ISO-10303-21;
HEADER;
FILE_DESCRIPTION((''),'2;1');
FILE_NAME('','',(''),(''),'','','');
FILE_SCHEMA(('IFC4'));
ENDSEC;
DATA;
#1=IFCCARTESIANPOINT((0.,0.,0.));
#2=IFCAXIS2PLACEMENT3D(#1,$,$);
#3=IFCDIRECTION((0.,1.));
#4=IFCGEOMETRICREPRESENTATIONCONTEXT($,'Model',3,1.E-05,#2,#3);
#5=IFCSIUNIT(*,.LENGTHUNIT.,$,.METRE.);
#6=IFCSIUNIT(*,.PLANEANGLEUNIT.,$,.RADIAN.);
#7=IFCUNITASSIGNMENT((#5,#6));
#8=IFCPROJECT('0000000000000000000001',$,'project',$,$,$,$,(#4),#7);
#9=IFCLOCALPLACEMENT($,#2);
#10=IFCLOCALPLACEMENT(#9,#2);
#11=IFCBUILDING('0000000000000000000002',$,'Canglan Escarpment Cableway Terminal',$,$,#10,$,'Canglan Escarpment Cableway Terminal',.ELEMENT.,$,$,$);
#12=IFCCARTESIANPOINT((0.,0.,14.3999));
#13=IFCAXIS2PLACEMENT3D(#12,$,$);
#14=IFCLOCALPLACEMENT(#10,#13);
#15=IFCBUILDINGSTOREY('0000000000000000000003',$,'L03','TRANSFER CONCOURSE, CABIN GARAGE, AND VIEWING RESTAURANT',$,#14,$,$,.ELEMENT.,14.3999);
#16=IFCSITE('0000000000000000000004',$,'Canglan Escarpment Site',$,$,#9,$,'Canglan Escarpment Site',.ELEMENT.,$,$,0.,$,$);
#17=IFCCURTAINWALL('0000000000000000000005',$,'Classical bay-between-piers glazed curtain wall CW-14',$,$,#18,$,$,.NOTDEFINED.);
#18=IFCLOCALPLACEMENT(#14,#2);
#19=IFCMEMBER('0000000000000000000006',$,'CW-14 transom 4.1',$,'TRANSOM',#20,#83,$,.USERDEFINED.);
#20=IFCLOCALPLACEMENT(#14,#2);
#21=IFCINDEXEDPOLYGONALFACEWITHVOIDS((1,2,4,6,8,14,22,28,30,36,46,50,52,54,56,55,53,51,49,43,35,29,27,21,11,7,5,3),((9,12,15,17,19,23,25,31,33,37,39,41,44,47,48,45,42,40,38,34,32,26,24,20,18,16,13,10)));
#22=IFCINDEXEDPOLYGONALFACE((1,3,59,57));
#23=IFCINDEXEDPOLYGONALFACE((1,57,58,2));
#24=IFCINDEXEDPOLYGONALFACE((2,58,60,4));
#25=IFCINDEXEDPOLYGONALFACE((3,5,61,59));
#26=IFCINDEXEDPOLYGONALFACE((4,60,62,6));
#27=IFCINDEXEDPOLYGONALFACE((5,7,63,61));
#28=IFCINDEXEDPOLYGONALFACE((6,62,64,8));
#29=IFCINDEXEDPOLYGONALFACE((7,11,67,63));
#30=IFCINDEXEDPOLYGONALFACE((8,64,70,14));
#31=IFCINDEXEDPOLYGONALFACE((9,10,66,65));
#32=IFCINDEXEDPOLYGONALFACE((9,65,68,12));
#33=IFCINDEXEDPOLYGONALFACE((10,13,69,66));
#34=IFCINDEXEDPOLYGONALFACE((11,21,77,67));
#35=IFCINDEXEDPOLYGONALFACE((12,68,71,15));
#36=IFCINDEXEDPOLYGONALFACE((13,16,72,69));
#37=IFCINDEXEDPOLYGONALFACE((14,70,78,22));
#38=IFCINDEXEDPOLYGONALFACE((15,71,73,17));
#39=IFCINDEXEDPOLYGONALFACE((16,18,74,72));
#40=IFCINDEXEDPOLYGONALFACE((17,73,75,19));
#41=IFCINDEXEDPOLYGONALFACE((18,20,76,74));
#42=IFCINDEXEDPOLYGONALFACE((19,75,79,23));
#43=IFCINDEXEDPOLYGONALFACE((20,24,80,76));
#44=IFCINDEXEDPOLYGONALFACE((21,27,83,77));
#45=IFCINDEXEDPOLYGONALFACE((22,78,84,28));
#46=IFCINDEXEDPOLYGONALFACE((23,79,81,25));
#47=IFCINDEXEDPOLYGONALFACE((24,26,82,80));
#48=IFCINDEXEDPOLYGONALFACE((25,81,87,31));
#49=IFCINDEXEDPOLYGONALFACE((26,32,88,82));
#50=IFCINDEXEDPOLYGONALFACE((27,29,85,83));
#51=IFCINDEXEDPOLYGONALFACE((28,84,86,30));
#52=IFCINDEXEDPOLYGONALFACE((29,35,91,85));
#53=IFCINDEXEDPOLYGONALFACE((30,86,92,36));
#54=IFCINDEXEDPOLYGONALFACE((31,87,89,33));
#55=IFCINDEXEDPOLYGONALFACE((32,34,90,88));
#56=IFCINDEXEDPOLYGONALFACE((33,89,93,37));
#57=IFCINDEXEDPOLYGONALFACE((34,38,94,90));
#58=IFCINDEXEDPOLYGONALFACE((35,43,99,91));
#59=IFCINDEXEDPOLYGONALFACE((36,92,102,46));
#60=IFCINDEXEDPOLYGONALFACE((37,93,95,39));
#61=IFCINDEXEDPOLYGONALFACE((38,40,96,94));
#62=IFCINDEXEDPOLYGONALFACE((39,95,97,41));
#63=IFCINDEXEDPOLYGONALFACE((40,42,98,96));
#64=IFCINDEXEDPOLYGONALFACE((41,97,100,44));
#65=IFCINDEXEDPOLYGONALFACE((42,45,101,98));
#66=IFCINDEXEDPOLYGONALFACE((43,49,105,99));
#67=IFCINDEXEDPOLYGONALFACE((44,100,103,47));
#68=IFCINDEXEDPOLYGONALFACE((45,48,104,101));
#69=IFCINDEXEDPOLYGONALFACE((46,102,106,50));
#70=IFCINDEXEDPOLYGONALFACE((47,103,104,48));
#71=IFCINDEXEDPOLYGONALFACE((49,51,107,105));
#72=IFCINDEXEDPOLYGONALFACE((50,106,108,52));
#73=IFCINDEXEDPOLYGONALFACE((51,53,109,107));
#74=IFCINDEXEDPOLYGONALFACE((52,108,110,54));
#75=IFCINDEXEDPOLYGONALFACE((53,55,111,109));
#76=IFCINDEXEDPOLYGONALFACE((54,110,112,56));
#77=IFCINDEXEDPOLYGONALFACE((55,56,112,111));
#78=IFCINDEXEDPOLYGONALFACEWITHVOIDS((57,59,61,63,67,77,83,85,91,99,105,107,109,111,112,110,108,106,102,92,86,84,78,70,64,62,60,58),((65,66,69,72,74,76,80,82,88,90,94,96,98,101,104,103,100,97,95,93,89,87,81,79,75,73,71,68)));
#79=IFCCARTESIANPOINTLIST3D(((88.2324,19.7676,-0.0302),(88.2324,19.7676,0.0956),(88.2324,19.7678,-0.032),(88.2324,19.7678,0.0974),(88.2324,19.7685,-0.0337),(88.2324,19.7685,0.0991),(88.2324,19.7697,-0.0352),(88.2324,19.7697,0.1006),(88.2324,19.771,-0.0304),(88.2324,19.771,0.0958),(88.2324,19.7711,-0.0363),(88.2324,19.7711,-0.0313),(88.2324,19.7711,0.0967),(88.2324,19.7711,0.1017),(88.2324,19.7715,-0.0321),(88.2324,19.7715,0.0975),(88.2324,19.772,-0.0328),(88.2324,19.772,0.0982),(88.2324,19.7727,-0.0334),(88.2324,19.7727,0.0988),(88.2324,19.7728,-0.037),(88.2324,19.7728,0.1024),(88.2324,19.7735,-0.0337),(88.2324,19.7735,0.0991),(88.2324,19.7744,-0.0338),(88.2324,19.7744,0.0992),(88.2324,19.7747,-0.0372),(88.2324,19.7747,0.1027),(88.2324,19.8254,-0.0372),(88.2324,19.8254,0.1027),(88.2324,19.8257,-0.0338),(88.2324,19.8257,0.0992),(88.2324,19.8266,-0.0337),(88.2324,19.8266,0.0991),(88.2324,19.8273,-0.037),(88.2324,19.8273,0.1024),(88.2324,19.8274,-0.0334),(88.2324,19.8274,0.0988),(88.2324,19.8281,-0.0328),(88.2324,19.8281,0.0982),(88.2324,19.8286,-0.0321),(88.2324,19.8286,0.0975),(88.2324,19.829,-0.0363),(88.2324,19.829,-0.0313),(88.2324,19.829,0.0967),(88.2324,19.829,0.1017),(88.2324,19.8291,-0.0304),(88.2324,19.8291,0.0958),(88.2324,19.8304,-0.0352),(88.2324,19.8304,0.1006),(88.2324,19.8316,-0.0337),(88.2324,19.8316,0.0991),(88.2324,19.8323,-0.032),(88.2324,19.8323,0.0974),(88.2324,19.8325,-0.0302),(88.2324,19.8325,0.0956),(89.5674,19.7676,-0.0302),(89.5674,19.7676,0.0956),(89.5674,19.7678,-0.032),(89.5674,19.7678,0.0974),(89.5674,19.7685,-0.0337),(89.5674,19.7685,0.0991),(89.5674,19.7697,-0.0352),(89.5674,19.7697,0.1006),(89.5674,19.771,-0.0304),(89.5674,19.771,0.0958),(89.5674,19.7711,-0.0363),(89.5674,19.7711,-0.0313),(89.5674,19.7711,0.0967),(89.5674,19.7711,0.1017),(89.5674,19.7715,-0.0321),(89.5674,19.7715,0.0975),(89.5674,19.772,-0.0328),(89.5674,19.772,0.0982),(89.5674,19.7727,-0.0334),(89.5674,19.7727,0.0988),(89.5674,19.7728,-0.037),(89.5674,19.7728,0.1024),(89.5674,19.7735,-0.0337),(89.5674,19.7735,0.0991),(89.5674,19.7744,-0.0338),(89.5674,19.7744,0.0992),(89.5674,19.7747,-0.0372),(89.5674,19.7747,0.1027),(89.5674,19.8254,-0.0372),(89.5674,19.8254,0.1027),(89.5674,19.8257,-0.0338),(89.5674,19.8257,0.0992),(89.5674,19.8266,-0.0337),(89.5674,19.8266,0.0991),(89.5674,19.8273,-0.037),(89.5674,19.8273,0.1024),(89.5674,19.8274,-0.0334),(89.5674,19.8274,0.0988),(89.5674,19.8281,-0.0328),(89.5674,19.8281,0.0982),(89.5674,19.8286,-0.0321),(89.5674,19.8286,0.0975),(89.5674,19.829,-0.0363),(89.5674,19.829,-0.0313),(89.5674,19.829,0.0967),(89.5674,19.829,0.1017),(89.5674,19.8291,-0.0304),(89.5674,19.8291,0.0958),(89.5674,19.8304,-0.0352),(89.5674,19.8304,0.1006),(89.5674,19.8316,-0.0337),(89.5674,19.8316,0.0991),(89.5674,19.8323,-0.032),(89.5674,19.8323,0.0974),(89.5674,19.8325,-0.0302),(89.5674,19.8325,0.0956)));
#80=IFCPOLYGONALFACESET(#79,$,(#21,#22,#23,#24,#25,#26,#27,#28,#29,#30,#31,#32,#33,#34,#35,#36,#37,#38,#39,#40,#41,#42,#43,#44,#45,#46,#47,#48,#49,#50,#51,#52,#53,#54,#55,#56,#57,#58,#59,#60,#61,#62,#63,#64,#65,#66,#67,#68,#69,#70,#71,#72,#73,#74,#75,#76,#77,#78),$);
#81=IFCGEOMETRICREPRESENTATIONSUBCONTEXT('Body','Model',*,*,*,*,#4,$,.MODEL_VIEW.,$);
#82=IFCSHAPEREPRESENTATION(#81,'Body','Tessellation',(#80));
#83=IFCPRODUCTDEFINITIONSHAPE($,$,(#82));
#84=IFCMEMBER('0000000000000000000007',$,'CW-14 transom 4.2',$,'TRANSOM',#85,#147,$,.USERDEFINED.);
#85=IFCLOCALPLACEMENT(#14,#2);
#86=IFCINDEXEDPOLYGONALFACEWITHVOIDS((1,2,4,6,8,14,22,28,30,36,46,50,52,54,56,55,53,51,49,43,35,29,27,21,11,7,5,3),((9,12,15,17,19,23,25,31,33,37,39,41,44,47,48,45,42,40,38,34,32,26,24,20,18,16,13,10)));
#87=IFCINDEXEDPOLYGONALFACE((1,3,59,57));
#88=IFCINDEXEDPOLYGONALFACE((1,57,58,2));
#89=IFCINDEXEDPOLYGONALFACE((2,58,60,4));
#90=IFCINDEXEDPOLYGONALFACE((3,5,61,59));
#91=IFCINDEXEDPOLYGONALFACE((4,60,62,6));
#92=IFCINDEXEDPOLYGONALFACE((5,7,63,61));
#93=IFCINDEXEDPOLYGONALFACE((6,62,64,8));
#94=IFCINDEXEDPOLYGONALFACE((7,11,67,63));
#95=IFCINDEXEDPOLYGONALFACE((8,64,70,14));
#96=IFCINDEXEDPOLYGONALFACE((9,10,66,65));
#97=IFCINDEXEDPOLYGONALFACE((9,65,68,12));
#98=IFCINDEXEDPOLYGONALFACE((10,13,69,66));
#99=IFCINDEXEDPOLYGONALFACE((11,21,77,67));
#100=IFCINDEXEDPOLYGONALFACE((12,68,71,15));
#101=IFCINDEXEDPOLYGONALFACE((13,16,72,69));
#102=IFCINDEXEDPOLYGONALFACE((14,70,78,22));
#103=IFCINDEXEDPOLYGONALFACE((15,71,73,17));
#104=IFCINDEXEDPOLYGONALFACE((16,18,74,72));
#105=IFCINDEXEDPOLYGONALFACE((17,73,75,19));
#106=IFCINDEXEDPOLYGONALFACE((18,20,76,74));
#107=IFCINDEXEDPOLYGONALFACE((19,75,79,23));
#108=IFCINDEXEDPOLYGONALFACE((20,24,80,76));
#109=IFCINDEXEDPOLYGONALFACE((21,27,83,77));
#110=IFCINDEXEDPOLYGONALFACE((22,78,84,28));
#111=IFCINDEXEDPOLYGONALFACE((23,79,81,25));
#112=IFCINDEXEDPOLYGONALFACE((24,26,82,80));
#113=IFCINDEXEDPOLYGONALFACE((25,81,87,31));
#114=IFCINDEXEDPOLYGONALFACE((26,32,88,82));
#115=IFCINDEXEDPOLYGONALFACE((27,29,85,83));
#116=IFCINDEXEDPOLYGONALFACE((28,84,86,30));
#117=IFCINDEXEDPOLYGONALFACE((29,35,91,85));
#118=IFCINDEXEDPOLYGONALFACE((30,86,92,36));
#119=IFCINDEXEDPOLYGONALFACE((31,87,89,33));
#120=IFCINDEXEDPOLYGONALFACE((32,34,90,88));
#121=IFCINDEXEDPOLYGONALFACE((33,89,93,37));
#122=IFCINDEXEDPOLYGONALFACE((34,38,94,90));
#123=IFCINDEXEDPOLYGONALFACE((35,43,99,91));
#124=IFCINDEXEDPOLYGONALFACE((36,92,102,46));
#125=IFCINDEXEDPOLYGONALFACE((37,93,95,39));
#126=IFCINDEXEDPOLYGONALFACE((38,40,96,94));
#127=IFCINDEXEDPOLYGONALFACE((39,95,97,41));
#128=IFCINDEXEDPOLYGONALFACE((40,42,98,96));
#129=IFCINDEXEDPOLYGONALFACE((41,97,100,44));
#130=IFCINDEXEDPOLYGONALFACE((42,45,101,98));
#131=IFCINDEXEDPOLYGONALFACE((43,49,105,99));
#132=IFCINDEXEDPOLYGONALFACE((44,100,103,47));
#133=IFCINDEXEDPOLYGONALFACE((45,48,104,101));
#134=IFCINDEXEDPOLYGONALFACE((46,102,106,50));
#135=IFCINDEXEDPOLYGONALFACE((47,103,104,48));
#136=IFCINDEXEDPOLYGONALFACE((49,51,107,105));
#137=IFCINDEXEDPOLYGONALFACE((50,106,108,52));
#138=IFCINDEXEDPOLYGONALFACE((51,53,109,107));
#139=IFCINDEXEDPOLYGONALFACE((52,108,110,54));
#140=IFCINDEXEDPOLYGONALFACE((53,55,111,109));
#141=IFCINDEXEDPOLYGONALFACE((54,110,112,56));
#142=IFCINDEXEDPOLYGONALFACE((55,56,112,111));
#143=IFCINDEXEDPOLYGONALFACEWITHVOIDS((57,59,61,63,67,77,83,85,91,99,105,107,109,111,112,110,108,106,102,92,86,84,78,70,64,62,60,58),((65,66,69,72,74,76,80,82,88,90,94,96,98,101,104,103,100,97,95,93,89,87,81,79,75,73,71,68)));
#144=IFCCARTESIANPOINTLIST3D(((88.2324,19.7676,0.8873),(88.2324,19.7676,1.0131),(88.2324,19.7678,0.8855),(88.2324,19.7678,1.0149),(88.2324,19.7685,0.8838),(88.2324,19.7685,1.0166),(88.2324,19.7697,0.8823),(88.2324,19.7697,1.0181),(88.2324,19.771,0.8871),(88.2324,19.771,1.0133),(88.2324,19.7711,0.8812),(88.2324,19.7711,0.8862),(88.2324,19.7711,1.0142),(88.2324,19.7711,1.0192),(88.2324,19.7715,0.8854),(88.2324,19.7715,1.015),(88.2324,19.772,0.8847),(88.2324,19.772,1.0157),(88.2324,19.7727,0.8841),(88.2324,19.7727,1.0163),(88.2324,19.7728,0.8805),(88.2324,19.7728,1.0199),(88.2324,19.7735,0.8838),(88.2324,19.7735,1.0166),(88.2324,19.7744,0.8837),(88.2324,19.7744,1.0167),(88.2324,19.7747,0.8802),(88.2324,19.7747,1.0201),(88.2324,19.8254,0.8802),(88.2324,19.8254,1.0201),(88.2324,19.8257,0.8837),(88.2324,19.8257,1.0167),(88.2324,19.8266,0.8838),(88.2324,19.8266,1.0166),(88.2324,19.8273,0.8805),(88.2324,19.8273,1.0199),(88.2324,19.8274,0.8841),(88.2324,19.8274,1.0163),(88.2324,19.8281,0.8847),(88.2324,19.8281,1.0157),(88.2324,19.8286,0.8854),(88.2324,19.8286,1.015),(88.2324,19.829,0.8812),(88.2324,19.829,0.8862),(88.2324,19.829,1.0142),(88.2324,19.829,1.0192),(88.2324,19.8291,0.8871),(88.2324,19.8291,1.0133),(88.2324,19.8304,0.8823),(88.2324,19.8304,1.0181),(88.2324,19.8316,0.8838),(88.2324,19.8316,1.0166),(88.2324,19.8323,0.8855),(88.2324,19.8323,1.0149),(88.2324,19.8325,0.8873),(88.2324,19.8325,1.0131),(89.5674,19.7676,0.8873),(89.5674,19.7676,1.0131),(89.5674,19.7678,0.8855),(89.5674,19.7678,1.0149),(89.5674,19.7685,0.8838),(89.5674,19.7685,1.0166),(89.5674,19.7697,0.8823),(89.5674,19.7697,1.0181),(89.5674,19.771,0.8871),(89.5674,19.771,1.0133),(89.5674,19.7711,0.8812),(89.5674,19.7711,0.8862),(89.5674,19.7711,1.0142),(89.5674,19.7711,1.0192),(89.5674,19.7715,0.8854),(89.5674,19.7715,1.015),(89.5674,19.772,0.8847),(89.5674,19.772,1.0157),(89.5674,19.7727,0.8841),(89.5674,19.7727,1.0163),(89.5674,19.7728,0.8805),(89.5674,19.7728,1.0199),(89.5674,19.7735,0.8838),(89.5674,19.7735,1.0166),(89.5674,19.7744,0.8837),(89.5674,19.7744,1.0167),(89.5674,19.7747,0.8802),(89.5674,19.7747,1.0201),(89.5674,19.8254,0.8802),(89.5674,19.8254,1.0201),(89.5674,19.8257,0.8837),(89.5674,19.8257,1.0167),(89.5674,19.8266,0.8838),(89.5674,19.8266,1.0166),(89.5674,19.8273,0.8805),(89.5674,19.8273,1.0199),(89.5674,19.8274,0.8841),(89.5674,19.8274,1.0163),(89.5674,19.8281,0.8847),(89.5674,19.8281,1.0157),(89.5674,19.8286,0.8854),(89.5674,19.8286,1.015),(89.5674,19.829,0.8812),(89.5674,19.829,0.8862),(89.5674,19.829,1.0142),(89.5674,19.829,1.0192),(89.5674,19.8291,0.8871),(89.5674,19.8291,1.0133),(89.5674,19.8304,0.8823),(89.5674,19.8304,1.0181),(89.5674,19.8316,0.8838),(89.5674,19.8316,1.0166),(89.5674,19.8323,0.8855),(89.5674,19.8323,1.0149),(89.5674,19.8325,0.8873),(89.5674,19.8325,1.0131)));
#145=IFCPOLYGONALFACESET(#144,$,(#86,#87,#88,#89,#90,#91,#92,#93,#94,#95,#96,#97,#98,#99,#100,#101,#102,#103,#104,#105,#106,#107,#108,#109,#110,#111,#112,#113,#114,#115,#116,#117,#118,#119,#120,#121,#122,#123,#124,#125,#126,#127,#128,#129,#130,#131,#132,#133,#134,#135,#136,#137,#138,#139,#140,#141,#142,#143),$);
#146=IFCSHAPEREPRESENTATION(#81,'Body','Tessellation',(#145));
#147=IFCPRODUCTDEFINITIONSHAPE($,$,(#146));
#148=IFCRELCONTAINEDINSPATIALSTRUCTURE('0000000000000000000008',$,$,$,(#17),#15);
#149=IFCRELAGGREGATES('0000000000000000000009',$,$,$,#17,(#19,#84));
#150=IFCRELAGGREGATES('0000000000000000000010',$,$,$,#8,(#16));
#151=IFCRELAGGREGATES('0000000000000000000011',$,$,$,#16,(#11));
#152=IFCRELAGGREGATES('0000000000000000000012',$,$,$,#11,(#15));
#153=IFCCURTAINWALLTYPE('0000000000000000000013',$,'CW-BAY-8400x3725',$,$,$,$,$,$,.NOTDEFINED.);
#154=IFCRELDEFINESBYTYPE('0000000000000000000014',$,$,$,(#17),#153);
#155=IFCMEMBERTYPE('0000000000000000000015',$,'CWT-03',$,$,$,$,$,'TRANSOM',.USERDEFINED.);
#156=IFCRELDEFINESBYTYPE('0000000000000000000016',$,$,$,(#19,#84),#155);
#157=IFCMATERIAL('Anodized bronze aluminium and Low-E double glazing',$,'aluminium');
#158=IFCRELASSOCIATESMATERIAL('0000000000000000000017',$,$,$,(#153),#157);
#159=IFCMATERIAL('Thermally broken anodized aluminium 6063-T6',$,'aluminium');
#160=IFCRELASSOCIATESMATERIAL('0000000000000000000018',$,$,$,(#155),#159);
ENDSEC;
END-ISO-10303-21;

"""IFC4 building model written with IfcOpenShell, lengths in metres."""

from ifc_helpers import new_model, si_unit, direction, frame, origin, origin_2d, place, context, subcontext, project, spatial, hollow_rectangle, extrude, material, material_profile, profile_set, type_object, element, aggregate, save


model = new_model("IFC4")

# Units and contexts
model_context = context("Model", 3, precision=1e-05, world=origin(), true_north=direction((0.0, 1.0)))
body_context = subcontext(model_context, "Body", "Model", "MODEL_VIEW")
ifc_project = project(units=[si_unit("LENGTHUNIT", "METRE"), si_unit("PLANEANGLEUNIT", "RADIAN")], contexts=[model_context])

# Site, building, storey
site_placement = place(None, origin())
site = spatial("IfcSite", under=ifc_project, at=site_placement, Name="Canglan Escarpment Site", LongName="Canglan Escarpment Site", CompositionType="ELEMENT", RefElevation=0.0)
building_placement = place(site_placement, origin())
building = spatial("IfcBuilding", under=site, at=building_placement, Name="Canglan Escarpment Cableway Terminal", LongName="Canglan Escarpment Cableway Terminal", CompositionType="ELEMENT")
storey_placement = place(building_placement, frame((0.0, 0.0, 14.3999)))
storey = spatial("IfcBuildingStorey", under=building, at=storey_placement, Name="L03", Description="TRANSFER CONCOURSE, CABIN GARAGE, AND VIEWING RESTAURANT", CompositionType="ELEMENT", Elevation=14.3999)

# Curtain wall, members
ifc_material_1 = material(Name="Anodized bronze aluminium and Low-E double glazing", Category="aluminium")
curtain_wall_type = type_object("IfcCurtainWallType", Name="CW-BAY-8400x3725", PredefinedType="NOTDEFINED", material=ifc_material_1)
curtain_wall_placement = place(storey_placement, origin())
curtain_wall = element("IfcCurtainWall", 1, at=curtain_wall_placement, inside=storey, type_object=curtain_wall_type, Name="Classical bay-between-piers glazed curtain wall CW-14", PredefinedType="NOTDEFINED")
ifc_material_2 = material(Name="Thermally broken anodized aluminium 6063-T6", Category="aluminium")
ifc_material_profile_1 = material_profile(ifc_material_2, hollow_rectangle(XDim=0.0649, YDim=0.1399, WallThickness=0.0034, InnerFilletRadius=0.0034, OuterFilletRadius=0.0071, at=origin_2d()), Name="ALU-TRAN 65x140x3.5")
ifc_profile_set_1 = profile_set([ifc_material_profile_1], Name="Thermally broken anodized aluminium 6063-T6")
member_type_1 = type_object("IfcMemberType", Name="CWT-03", ElementType="TRANSOM", PredefinedType="USERDEFINED", material=ifc_profile_set_1)
member_1_placement = place(storey_placement, frame((89.5674, 19.8, 0.0327), z_axis=(-1.0, 0.0, 0.0), x_axis=(0.0, -1.0, 0.0)))
member_1 = element("IfcMember", 2, at=member_1_placement, type_object=member_type_1, Name="CW-14 transom 4.1", ObjectType="TRANSOM", PredefinedType="USERDEFINED", context=body_context, shape_type="SweptSolid", body=[
    extrude(hollow_rectangle(XDim=0.0649, YDim=0.1399, WallThickness=0.0034, InnerFilletRadius=0.0034, OuterFilletRadius=0.0071, at=origin_2d()), origin(), (0.0, 0.0, 1.0), 1.335),
])
member_2_placement = place(storey_placement, frame((89.5674, 19.8, 0.9502), z_axis=(-1.0, 0.0, 0.0), x_axis=(0.0, -1.0, 0.0)))
member_2 = element("IfcMember", 3, at=member_2_placement, type_object=member_type_1, Name="CW-14 transom 4.2", ObjectType="TRANSOM", PredefinedType="USERDEFINED", context=body_context, shape_type="SweptSolid", body=[
    extrude(hollow_rectangle(XDim=0.0649, YDim=0.1399, WallThickness=0.0034, InnerFilletRadius=0.0034, OuterFilletRadius=0.0071, at=origin_2d()), origin(), (0.0, 0.0, 1.0), 1.335),
])

aggregate(curtain_wall, [member_1, member_2])

save(model, "model.ifc")
